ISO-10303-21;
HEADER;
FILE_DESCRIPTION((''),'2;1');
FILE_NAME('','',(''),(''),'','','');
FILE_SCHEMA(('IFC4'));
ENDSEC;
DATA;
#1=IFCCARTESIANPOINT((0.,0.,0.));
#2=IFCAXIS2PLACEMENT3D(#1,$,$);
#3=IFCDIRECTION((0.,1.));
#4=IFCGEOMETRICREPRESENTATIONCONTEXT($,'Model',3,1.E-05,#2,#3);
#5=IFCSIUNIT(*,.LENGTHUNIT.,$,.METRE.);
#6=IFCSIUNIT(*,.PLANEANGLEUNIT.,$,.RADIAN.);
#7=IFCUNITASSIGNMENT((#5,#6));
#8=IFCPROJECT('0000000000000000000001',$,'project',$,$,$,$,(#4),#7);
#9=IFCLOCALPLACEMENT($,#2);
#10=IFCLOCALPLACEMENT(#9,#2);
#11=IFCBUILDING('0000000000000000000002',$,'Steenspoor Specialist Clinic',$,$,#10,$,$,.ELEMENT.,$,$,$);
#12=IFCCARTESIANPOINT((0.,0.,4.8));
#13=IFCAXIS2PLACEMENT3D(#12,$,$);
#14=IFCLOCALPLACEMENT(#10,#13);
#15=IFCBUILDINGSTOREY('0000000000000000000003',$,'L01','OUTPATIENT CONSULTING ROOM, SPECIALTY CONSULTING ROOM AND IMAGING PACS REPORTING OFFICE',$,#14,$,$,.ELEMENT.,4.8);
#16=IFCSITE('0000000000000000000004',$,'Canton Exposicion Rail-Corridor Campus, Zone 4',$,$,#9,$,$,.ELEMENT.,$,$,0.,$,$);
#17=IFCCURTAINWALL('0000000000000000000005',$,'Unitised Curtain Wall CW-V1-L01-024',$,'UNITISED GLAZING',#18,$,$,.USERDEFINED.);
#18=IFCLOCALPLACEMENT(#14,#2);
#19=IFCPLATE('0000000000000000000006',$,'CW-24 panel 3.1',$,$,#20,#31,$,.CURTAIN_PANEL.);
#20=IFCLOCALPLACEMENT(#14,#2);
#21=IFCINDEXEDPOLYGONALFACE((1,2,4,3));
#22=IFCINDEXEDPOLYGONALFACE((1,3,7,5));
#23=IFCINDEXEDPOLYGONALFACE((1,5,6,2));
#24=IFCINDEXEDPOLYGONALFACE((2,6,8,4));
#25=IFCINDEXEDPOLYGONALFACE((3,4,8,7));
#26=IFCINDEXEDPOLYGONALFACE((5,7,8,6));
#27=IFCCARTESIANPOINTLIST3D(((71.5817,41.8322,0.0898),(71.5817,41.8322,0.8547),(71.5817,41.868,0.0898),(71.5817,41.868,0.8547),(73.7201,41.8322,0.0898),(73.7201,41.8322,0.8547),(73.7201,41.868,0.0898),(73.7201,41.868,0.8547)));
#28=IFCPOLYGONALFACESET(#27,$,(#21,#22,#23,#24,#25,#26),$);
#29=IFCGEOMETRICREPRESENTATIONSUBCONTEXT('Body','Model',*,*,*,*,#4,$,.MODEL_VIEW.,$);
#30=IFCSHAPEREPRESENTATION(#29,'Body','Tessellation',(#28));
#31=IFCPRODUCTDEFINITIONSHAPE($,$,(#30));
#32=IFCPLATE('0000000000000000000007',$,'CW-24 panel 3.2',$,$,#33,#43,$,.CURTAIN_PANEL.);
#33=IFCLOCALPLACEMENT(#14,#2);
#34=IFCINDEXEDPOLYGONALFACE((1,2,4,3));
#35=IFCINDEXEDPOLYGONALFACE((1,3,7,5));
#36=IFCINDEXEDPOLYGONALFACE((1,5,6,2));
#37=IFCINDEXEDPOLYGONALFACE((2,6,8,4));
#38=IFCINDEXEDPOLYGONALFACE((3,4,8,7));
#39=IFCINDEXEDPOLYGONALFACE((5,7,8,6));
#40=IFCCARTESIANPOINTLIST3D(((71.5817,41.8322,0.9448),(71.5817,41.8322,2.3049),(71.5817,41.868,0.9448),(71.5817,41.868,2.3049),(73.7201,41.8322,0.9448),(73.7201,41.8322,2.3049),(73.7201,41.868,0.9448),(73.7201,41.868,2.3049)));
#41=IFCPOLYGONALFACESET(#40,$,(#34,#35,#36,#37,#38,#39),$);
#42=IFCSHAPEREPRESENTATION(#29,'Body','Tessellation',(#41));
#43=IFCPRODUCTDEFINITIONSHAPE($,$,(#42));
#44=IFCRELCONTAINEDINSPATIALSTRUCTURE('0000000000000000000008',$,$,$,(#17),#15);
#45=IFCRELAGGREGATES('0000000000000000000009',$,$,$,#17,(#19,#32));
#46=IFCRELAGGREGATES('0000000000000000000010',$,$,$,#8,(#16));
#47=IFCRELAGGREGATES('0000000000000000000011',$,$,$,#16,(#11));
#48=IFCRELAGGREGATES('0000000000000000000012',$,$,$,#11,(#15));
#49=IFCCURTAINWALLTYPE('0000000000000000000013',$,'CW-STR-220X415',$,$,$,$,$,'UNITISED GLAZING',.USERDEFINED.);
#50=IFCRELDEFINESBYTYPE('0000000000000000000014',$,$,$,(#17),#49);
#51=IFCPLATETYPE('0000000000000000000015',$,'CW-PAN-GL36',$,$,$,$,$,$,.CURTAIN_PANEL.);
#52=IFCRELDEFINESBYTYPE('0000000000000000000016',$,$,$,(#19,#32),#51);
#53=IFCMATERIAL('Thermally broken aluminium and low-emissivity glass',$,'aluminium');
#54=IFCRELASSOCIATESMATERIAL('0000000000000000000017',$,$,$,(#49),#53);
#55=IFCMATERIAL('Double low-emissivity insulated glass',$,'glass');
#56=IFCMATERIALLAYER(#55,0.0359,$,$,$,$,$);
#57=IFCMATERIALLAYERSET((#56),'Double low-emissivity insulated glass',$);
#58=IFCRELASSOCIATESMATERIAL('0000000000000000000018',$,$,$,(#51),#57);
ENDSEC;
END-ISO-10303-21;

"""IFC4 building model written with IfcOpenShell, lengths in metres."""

from ifc_helpers import new_model, si_unit, direction, frame, origin, origin_2d, place, context, subcontext, project, spatial, rectangle, extrude, material, layer, layer_set, type_object, element, aggregate, save


model = new_model("IFC4")

# Units and contexts
model_context = context("Model", 3, precision=1e-05, world=origin(), true_north=direction((0.0, 1.0)))
body_context = subcontext(model_context, "Body", "Model", "MODEL_VIEW")
ifc_project = project(units=[si_unit("LENGTHUNIT", "METRE"), si_unit("PLANEANGLEUNIT", "RADIAN")], contexts=[model_context])

# Site, building, storey
site_placement = place(None, origin())
site = spatial("IfcSite", under=ifc_project, at=site_placement, Name="Canton Exposicion Rail-Corridor Campus, Zone 4", CompositionType="ELEMENT", RefElevation=0.0)
building_placement = place(site_placement, origin())
building = spatial("IfcBuilding", under=site, at=building_placement, Name="Steenspoor Specialist Clinic", CompositionType="ELEMENT")
storey_placement = place(building_placement, frame((0.0, 0.0, 4.8)))
storey = spatial("IfcBuildingStorey", under=building, at=storey_placement, Name="L01", Description="OUTPATIENT CONSULTING ROOM, SPECIALTY CONSULTING ROOM AND IMAGING PACS REPORTING OFFICE", CompositionType="ELEMENT", Elevation=4.8)

# Curtain wall
ifc_material_1 = material(Name="Thermally broken aluminium and low-emissivity glass", Category="aluminium")
curtain_wall_type = type_object("IfcCurtainWallType", Name="CW-STR-220X415", ElementType="UNITISED GLAZING", PredefinedType="USERDEFINED", material=ifc_material_1)
curtain_wall_placement = place(storey_placement, origin())
curtain_wall = element("IfcCurtainWall", 1, at=curtain_wall_placement, inside=storey, type_object=curtain_wall_type, Name="Unitised Curtain Wall CW-V1-L01-024", ObjectType="UNITISED GLAZING", PredefinedType="USERDEFINED")

# Plates
ifc_material_2 = material(Name="Double low-emissivity insulated glass", Category="glass")
ifc_layer = layer(ifc_material_2, 0.0359)
ifc_layer_set = layer_set([ifc_layer], Name="Double low-emissivity insulated glass")
plate_type = type_object("IfcPlateType", Name="CW-PAN-GL36", PredefinedType="CURTAIN_PANEL", material=ifc_layer_set)
plate_1_placement = place(storey_placement, frame((72.6509, 41.8501, 0.0898), z_axis=(0.0, 0.0, 1.0), x_axis=(1.0, 0.0, 0.0)))
plate_1 = element("IfcPlate", 2, at=plate_1_placement, type_object=plate_type, Name="CW-24 panel 3.1", PredefinedType="CURTAIN_PANEL", context=body_context, shape_type="SweptSolid", body=[
    extrude(rectangle(XDim=2.1384, YDim=0.0359, at=origin_2d()), origin(), (0.0, 0.0, 1.0), 0.7649),
])
plate_2_placement = place(storey_placement, frame((72.6509, 41.8501, 0.9448), z_axis=(0.0, 0.0, 1.0), x_axis=(1.0, 0.0, 0.0)))
plate_2 = element("IfcPlate", 3, at=plate_2_placement, type_object=plate_type, Name="CW-24 panel 3.2", PredefinedType="CURTAIN_PANEL", context=body_context, shape_type="SweptSolid", body=[
    extrude(rectangle(XDim=2.1384, YDim=0.0359, at=origin_2d()), origin(), (0.0, 0.0, 1.0), 1.3601),
])
aggregate(curtain_wall, [plate_1, plate_2])

save(model, "model.ifc")
